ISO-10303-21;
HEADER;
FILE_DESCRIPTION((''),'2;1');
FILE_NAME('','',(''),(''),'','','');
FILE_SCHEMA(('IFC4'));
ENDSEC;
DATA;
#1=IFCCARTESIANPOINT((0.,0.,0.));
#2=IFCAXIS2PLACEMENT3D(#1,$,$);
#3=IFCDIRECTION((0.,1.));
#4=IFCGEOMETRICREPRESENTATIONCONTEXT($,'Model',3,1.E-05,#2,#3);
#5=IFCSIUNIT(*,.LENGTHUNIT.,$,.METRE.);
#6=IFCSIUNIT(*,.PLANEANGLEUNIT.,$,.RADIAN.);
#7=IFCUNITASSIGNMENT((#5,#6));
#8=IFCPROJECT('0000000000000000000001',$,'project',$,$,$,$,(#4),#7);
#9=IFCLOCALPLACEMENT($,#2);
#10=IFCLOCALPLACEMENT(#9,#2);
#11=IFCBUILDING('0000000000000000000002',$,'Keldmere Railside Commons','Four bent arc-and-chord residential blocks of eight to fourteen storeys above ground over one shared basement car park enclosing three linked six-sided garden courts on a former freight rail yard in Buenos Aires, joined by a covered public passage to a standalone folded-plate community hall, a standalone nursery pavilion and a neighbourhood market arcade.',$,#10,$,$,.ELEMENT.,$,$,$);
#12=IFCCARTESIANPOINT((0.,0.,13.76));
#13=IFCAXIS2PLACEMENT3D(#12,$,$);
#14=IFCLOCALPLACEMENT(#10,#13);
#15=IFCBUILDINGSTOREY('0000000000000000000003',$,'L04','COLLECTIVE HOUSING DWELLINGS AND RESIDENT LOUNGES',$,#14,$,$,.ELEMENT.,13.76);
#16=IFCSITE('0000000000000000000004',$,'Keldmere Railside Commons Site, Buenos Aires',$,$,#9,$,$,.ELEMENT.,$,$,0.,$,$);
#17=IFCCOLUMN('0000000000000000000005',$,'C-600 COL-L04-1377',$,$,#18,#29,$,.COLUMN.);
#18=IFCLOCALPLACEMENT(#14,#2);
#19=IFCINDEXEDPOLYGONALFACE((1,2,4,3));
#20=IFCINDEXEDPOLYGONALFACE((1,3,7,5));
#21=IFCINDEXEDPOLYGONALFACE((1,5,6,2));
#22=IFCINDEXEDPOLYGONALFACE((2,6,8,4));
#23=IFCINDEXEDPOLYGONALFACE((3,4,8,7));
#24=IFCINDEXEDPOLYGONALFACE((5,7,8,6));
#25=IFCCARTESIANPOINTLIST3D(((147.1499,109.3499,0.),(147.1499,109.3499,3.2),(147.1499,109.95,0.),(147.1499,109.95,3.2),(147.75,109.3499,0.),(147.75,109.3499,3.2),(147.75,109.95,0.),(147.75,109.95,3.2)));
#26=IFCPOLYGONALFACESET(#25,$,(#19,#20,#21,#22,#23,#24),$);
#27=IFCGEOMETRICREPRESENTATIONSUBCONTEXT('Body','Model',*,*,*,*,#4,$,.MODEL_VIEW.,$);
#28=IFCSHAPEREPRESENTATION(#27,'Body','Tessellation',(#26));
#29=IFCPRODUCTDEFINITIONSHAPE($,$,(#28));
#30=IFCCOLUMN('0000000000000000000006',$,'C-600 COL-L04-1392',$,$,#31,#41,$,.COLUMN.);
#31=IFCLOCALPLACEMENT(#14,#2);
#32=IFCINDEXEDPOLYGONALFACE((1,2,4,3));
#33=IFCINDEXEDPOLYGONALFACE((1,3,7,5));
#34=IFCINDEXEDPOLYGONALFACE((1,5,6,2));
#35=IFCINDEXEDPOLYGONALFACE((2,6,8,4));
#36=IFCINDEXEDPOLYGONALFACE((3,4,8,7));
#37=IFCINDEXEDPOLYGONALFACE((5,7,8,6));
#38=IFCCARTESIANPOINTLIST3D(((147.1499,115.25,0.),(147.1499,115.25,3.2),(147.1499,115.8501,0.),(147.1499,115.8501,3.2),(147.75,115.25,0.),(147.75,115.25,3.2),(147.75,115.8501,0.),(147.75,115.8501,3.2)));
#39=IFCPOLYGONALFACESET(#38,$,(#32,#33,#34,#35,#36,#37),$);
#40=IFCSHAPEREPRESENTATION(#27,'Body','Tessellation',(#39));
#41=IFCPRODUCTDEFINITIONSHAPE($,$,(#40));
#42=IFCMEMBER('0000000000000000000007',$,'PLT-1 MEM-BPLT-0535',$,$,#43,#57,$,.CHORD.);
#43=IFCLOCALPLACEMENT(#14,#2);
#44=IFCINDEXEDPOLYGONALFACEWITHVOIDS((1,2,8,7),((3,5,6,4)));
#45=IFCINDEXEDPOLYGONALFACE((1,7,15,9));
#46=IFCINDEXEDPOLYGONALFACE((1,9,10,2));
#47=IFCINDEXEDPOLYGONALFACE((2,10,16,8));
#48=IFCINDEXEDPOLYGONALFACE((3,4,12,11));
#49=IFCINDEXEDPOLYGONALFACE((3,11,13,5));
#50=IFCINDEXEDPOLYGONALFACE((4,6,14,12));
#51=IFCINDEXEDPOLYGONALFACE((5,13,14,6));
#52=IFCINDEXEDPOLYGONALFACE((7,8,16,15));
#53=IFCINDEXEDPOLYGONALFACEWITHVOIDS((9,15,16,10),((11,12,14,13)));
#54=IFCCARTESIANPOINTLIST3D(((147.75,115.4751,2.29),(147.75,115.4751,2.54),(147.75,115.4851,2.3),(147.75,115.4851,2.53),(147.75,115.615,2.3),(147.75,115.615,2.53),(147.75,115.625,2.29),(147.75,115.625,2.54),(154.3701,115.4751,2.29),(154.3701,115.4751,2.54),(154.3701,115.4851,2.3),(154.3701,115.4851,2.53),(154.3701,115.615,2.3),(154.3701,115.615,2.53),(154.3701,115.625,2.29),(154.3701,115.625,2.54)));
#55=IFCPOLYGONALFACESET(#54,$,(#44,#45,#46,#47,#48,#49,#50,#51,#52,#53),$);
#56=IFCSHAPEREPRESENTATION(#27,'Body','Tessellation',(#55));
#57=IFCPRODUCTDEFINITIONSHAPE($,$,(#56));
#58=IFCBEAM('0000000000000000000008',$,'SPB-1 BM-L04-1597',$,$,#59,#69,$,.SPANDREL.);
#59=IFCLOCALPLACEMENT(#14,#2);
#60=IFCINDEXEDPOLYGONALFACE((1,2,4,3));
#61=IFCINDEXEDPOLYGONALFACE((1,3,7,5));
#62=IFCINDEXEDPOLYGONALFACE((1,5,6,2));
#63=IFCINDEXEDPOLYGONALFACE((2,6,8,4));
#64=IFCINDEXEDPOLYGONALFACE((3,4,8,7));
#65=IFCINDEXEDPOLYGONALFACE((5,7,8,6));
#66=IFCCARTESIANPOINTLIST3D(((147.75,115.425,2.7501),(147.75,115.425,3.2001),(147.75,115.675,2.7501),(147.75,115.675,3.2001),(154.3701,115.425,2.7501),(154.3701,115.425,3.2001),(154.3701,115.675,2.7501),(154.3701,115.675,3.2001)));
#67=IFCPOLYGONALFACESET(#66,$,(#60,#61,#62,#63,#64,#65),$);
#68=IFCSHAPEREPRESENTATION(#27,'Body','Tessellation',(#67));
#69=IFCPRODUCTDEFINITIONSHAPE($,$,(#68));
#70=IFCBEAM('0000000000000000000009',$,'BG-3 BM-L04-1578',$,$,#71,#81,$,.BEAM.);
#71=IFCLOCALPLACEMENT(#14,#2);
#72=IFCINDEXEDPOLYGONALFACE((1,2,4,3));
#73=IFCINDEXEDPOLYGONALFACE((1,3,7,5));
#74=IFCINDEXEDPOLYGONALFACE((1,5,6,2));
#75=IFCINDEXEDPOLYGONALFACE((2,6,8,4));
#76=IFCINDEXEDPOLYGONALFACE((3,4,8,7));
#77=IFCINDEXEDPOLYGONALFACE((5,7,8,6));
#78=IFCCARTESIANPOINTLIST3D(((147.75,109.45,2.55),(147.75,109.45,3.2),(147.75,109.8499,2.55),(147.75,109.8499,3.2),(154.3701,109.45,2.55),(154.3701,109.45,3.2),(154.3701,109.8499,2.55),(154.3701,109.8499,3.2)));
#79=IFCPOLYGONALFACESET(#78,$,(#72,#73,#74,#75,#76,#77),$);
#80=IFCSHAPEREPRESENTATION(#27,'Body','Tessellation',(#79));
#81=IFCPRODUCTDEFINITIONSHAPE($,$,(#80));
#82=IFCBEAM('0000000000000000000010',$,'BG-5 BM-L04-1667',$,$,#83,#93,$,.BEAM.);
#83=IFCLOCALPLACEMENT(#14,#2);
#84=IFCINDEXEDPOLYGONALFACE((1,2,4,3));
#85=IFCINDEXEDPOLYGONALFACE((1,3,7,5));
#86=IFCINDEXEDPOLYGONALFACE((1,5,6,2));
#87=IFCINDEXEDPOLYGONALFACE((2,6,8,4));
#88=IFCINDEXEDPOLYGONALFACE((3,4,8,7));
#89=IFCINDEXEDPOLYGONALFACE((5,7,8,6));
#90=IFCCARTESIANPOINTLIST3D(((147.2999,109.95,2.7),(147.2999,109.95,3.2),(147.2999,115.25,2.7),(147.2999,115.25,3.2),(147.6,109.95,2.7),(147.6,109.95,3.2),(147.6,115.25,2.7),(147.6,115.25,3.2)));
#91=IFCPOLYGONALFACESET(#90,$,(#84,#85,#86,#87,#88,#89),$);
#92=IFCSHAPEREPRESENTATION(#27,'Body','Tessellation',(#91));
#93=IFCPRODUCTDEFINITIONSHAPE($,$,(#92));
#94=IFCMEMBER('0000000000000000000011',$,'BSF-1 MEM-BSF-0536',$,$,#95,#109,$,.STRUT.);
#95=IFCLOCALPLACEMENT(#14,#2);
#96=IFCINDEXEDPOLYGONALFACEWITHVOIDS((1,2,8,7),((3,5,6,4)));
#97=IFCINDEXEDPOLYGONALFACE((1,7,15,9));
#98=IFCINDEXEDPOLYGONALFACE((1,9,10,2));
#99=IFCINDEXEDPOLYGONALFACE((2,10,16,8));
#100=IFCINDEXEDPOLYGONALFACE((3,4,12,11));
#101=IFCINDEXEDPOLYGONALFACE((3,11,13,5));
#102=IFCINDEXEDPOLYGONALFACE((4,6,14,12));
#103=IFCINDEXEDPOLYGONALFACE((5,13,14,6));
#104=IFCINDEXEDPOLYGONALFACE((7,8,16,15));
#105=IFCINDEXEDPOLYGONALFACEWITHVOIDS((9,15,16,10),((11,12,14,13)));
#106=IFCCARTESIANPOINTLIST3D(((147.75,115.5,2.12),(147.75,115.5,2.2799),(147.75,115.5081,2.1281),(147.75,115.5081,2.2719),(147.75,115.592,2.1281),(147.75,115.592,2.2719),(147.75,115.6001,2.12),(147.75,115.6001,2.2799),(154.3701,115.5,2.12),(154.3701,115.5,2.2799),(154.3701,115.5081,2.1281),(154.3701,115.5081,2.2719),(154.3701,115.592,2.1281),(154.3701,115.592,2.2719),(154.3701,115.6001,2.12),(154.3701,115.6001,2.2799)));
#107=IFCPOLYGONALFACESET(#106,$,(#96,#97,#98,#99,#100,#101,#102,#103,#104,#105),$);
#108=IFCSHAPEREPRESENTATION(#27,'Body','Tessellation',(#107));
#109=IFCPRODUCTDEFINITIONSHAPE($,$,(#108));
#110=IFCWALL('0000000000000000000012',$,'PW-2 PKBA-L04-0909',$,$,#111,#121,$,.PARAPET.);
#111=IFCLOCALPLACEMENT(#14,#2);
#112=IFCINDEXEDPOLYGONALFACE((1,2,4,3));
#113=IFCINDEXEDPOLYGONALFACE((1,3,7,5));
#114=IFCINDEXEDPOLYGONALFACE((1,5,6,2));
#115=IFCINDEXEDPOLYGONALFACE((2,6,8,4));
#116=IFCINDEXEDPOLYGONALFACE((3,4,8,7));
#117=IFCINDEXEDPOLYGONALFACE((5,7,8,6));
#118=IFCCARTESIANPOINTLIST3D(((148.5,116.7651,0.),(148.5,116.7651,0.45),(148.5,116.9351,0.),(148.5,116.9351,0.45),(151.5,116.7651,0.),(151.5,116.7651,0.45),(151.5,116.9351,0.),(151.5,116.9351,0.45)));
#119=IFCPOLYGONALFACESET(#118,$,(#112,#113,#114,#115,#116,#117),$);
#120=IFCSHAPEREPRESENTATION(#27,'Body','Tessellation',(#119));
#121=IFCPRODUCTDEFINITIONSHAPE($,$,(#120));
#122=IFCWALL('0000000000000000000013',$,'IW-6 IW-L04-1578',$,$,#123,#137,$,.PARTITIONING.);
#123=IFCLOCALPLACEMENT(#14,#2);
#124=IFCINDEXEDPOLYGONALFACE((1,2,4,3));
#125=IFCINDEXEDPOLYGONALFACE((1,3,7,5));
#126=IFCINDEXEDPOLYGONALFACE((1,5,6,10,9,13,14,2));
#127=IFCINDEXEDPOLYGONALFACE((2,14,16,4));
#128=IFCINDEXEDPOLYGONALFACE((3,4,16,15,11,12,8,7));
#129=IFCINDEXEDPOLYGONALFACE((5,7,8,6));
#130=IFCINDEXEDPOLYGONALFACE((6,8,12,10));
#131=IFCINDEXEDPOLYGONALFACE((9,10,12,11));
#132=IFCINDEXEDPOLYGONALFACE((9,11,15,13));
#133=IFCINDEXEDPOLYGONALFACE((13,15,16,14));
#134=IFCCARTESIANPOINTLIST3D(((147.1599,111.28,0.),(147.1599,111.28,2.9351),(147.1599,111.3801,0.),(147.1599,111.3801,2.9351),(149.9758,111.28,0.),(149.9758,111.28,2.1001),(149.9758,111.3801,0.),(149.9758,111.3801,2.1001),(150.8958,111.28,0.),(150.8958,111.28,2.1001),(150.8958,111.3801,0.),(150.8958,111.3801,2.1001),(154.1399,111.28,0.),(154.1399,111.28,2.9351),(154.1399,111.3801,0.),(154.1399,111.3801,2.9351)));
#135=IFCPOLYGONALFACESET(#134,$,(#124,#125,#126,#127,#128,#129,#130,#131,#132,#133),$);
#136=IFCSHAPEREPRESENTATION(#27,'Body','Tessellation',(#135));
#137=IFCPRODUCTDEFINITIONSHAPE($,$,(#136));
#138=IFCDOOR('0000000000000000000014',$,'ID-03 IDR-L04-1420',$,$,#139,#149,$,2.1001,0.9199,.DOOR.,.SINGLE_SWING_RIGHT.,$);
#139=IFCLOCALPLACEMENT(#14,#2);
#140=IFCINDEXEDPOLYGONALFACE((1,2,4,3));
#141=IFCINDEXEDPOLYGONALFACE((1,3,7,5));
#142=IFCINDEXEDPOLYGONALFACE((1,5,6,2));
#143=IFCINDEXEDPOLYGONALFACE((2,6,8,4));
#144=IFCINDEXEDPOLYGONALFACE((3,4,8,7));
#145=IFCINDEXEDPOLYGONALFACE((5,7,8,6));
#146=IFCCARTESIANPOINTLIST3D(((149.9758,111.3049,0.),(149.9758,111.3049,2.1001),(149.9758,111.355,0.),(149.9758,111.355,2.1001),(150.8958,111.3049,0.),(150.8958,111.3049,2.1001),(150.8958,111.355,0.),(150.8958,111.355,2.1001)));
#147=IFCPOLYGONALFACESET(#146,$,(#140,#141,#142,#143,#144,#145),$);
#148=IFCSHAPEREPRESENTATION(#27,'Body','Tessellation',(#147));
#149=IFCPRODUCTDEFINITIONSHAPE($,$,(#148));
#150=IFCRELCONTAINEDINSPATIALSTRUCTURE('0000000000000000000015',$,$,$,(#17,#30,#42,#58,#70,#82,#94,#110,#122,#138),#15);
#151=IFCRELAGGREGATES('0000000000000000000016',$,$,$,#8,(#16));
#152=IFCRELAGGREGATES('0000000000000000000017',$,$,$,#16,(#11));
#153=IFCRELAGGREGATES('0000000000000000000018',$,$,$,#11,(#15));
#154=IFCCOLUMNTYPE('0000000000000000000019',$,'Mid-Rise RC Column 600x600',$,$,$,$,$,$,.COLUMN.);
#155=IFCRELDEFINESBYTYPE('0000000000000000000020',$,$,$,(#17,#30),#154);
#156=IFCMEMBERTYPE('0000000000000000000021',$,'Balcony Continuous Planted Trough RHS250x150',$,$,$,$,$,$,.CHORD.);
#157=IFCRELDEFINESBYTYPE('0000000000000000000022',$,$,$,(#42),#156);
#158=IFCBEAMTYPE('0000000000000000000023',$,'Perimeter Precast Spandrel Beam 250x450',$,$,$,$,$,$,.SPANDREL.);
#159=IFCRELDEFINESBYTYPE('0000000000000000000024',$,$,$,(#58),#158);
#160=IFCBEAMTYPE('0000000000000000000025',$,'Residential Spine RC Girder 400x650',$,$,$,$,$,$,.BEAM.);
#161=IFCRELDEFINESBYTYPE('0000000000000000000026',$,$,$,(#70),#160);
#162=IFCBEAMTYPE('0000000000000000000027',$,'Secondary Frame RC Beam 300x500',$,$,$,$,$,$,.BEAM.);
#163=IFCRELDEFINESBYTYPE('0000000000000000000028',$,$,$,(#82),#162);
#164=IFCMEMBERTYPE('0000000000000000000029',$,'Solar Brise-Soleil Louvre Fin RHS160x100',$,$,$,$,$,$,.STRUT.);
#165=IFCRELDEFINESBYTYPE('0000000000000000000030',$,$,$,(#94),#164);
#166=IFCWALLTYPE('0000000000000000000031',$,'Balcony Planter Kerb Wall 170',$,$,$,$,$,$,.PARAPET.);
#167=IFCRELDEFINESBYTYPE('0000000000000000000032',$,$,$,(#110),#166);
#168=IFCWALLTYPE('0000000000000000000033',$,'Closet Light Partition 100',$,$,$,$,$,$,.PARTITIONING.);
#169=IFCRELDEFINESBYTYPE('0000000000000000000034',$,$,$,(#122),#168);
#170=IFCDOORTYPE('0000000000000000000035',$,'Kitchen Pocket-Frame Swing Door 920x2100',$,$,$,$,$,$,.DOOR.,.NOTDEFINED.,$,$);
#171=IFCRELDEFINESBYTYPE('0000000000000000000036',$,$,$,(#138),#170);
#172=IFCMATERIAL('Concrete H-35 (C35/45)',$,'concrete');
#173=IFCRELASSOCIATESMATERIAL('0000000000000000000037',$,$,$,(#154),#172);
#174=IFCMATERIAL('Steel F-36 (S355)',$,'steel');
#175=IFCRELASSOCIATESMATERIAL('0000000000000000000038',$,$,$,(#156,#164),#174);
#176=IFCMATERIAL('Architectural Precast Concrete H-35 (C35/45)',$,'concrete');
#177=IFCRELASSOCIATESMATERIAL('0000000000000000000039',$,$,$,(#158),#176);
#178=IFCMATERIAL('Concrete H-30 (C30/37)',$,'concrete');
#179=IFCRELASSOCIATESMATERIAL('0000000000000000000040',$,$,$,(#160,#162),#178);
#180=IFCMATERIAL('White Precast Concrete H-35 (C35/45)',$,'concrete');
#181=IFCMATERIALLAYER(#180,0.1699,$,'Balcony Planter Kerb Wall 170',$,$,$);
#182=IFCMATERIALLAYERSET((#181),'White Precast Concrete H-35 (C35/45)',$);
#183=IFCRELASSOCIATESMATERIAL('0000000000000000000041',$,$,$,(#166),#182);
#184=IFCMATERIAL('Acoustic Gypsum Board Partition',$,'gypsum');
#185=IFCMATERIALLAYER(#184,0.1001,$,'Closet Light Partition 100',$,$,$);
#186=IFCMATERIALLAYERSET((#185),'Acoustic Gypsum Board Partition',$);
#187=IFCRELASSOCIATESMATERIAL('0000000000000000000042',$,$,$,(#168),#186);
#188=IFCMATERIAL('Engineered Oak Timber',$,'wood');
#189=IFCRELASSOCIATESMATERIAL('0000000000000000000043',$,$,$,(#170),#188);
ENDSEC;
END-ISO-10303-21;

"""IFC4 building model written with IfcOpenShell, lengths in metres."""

from ifc_helpers import new_model, si_unit, direction, frame, frame_2d, origin, origin_2d, place, context, subcontext, project, spatial, rectangle, hollow_rectangle, extrude, material, layer, layer_set, material_profile, profile_set, type_object, element, fill, save


model = new_model("IFC4")

# Units and contexts
model_context = context("Model", 3, precision=1e-05, world=origin(), true_north=direction((0.0, 1.0)))
body_context = subcontext(model_context, "Body", "Model", "MODEL_VIEW")
ifc_project = project(units=[si_unit("LENGTHUNIT", "METRE"), si_unit("PLANEANGLEUNIT", "RADIAN")], contexts=[model_context])

# Site, building, storey
site_placement = place(None, origin())
site = spatial("IfcSite", under=ifc_project, at=site_placement, Name="Keldmere Railside Commons Site, Buenos Aires", CompositionType="ELEMENT", RefElevation=0.0)
building_placement = place(site_placement, origin())
building = spatial("IfcBuilding", under=site, at=building_placement, Name="Keldmere Railside Commons", Description="Four bent arc-and-chord residential blocks of eight to fourteen storeys above ground over one shared basement car park enclosing three linked six-sided garden courts on a former freight rail yard in Buenos Aires, joined by a covered public passage to a standalone folded-plate community hall, a standalone nursery pavilion and a neighbourhood market arcade.", CompositionType="ELEMENT")
storey_placement = place(building_placement, frame((0.0, 0.0, 13.76)))
storey = spatial("IfcBuildingStorey", under=building, at=storey_placement, Name="L04", Description="COLLECTIVE HOUSING DWELLINGS AND RESIDENT LOUNGES", CompositionType="ELEMENT", Elevation=13.76)

# Columns
ifc_material_1 = material(Name="Concrete H-35 (C35/45)", Category="concrete")
ifc_material_profile_1 = material_profile(ifc_material_1, rectangle(XDim=0.6001, YDim=0.6001, at=origin_2d()), Name="RC-600x600")
ifc_profile_set_1 = profile_set([ifc_material_profile_1], Name="Concrete H-35 (C35/45)")
column_type = type_object("IfcColumnType", Name="Mid-Rise RC Column 600x600", PredefinedType="COLUMN", material=ifc_profile_set_1)
for number, where, z_axis, x_axis, name in (
    (1, (147.45, 109.6499, 0.0), (0.0, 0.0, 1.0), (1.0, 0.0, 0.0), "C-600 COL-L04-1377"),
    (2, (147.45, 115.55, 0.0), (0.0, 0.0, 1.0), (1.0, 0.0, 0.0), "C-600 COL-L04-1392"),
):
    element("IfcColumn", number, at=place(storey_placement, frame(where, z_axis=z_axis, x_axis=x_axis)), inside=storey, type_object=column_type, Name=name, PredefinedType="COLUMN", context=body_context, shape_type="SweptSolid", body=[
        extrude(rectangle(XDim=0.6001, YDim=0.6001, at=origin_2d()), origin(), (0.0, 0.0, 1.0), 3.2),
    ])

# Member
ifc_material_2 = material(Name="Steel F-36 (S355)", Category="steel")
ifc_material_profile_2 = material_profile(ifc_material_2, hollow_rectangle(XDim=0.1499, YDim=0.25, WallThickness=0.01, at=origin_2d()), Name="RHS-250x150x10")
ifc_profile_set_2 = profile_set([ifc_material_profile_2], Name="Steel F-36 (S355)")
member_type_1 = type_object("IfcMemberType", Name="Balcony Continuous Planted Trough RHS250x150", PredefinedType="CHORD", material=ifc_profile_set_2)
member_1_placement = place(storey_placement, frame((147.75, 115.55, 2.415), z_axis=(1.0, 0.0, 0.0), x_axis=(0.0, 1.0, 0.0)))
element("IfcMember", 3, at=member_1_placement, inside=storey, type_object=member_type_1, Name="PLT-1 MEM-BPLT-0535", PredefinedType="CHORD", context=body_context, shape_type="SweptSolid", body=[
    extrude(hollow_rectangle(XDim=0.1499, YDim=0.25, WallThickness=0.01, at=origin_2d()), origin(), (0.0, 0.0, 1.0), 6.6201),
])

# Beams
ifc_material_3 = material(Name="Architectural Precast Concrete H-35 (C35/45)", Category="concrete")
ifc_material_profile_3 = material_profile(ifc_material_3, rectangle(XDim=0.25, YDim=0.45, at=origin_2d()), Name="RC-250x450")
ifc_profile_set_3 = profile_set([ifc_material_profile_3], Name="Architectural Precast Concrete H-35 (C35/45)")
beam_type_1 = type_object("IfcBeamType", Name="Perimeter Precast Spandrel Beam 250x450", PredefinedType="SPANDREL", material=ifc_profile_set_3)
beam_1_placement = place(storey_placement, frame((147.75, 115.55, 2.9751), z_axis=(1.0, 0.0, 0.0), x_axis=(0.0, 1.0, 0.0)))
element("IfcBeam", 4, at=beam_1_placement, inside=storey, type_object=beam_type_1, Name="SPB-1 BM-L04-1597", PredefinedType="SPANDREL", context=body_context, shape_type="SweptSolid", body=[
    extrude(rectangle(XDim=0.25, YDim=0.45, at=origin_2d()), origin(), (0.0, 0.0, 1.0), 6.6201),
])
ifc_material_4 = material(Name="Concrete H-30 (C30/37)", Category="concrete")
ifc_material_profile_4 = material_profile(ifc_material_4, rectangle(XDim=0.3999, YDim=0.6499, at=origin_2d()), Name="RC-400x650")
ifc_profile_set_4 = profile_set([ifc_material_profile_4], Name="Concrete H-30 (C30/37)")
beam_type_2 = type_object("IfcBeamType", Name="Residential Spine RC Girder 400x650", PredefinedType="BEAM", material=ifc_profile_set_4)
beam_2_placement = place(storey_placement, frame((147.75, 109.6499, 2.875), z_axis=(1.0, 0.0, 0.0), x_axis=(0.0, 1.0, 0.0)))
element("IfcBeam", 5, at=beam_2_placement, inside=storey, type_object=beam_type_2, Name="BG-3 BM-L04-1578", PredefinedType="BEAM", context=body_context, shape_type="SweptSolid", body=[
    extrude(rectangle(XDim=0.3999, YDim=0.6499, at=origin_2d()), origin(), (0.0, 0.0, 1.0), 6.6201),
])
ifc_material_profile_5 = material_profile(ifc_material_4, rectangle(XDim=0.3, YDim=0.5, at=origin_2d()), Name="RC-300x500")
ifc_profile_set_5 = profile_set([ifc_material_profile_5], Name="Concrete H-30 (C30/37)")
beam_type_3 = type_object("IfcBeamType", Name="Secondary Frame RC Beam 300x500", PredefinedType="BEAM", material=ifc_profile_set_5)
beam_3_placement = place(storey_placement, frame((147.45, 109.95, 2.95), z_axis=(0.0, 1.0, 0.0), x_axis=(-1.0, 0.0, 0.0)))
element("IfcBeam", 6, at=beam_3_placement, inside=storey, type_object=beam_type_3, Name="BG-5 BM-L04-1667", PredefinedType="BEAM", context=body_context, shape_type="SweptSolid", body=[
    extrude(rectangle(XDim=0.3, YDim=0.5, at=origin_2d()), origin(), (0.0, 0.0, 1.0), 5.3),
])

# Member
ifc_material_profile_6 = material_profile(ifc_material_2, hollow_rectangle(XDim=0.1001, YDim=0.1599, WallThickness=0.0081, at=origin_2d()), Name="RHS-160x100x8")
ifc_profile_set_6 = profile_set([ifc_material_profile_6], Name="Steel F-36 (S355)")
member_type_2 = type_object("IfcMemberType", Name="Solar Brise-Soleil Louvre Fin RHS160x100", PredefinedType="STRUT", material=ifc_profile_set_6)
member_2_placement = place(storey_placement, frame((147.75, 115.55, 2.2), z_axis=(1.0, 0.0, 0.0), x_axis=(0.0, 1.0, 0.0)))
element("IfcMember", 7, at=member_2_placement, inside=storey, type_object=member_type_2, Name="BSF-1 MEM-BSF-0536", PredefinedType="STRUT", context=body_context, shape_type="SweptSolid", body=[
    extrude(hollow_rectangle(XDim=0.1001, YDim=0.1599, WallThickness=0.0081, at=origin_2d()), origin(), (0.0, 0.0, 1.0), 6.6201),
])

# Wall
ifc_material_5 = material(Name="White Precast Concrete H-35 (C35/45)", Category="concrete")
ifc_layer_1 = layer(ifc_material_5, 0.1699, Name="Balcony Planter Kerb Wall 170")
ifc_layer_set_1 = layer_set([ifc_layer_1], Name="White Precast Concrete H-35 (C35/45)")
wall_type_1 = type_object("IfcWallType", Name="Balcony Planter Kerb Wall 170", PredefinedType="PARAPET", material=ifc_layer_set_1)
wall_1_placement = place(storey_placement, frame((148.5, 116.8501, 0.0), z_axis=(0.0, 0.0, 1.0), x_axis=(1.0, 0.0, 0.0)))
element("IfcWall", 8, at=wall_1_placement, inside=storey, type_object=wall_type_1, Name="PW-2 PKBA-L04-0909", PredefinedType="PARAPET", context=body_context, shape_type="SweptSolid", body=[
    extrude(rectangle(XDim=3.0, YDim=0.1699, at=frame_2d((1.5, 0.0))), origin(), (0.0, 0.0, 1.0), 0.45),
])

# Wall, opening, door
ifc_material_6 = material(Name="Acoustic Gypsum Board Partition", Category="gypsum")
ifc_layer_2 = layer(ifc_material_6, 0.1001, Name="Closet Light Partition 100")
ifc_layer_set_2 = layer_set([ifc_layer_2], Name="Acoustic Gypsum Board Partition")
wall_type_2 = type_object("IfcWallType", Name="Closet Light Partition 100", PredefinedType="PARTITIONING", material=ifc_layer_set_2)
wall_2_placement = place(storey_placement, frame((147.1599, 111.3301, 0.0), z_axis=(0.0, 0.0, 1.0), x_axis=(1.0, 0.0, 0.0)))
wall_2 = element("IfcWall", 9, at=wall_2_placement, inside=storey, type_object=wall_type_2, Name="IW-6 IW-L04-1578", PredefinedType="PARTITIONING", context=body_context, shape_type="SweptSolid", body=[
    extrude(rectangle(XDim=6.98, YDim=0.1001, at=frame_2d((3.49, 0.0))), origin(), (0.0, 0.0, 1.0), 2.9351),
])
opening_1_placement = place(wall_2_placement, frame((2.8159, 0.0, 0.0)))
opening_1 = element("IfcOpeningElement", 10, at=opening_1_placement, cuts=wall_2, PredefinedType="OPENING", context=body_context, shape_type="SweptSolid", body=[
    extrude(rectangle(XDim=0.9199, YDim=2.1001, at=frame_2d((0.46, 1.05))), frame((0.0, 0.0601, 0.0), z_axis=(0.0, -1.0, 0.0), x_axis=(1.0, 0.0, 0.0)), (0.0, 0.0, 1.0), 0.1201),
])
ifc_material_7 = material(Name="Engineered Oak Timber", Category="wood")
door_type_1 = type_object("IfcDoorType", Name="Kitchen Pocket-Frame Swing Door 920x2100", OperationType="NOTDEFINED", PredefinedType="DOOR", material=ifc_material_7)
door_1_placement = place(opening_1_placement, origin())
door_1 = element("IfcDoor", 11, at=door_1_placement, inside=storey, type_object=door_type_1, Name="ID-03 IDR-L04-1420", OperationType="SINGLE_SWING_RIGHT", OverallHeight=2.1001, OverallWidth=0.9199, PredefinedType="DOOR", context=body_context, shape_type="SweptSolid", body=[
    extrude(rectangle(XDim=0.9199, YDim=2.1001, at=frame_2d((0.46, 1.05))), frame((0.0, 0.0249, 0.0), z_axis=(0.0, -1.0, 0.0), x_axis=(1.0, 0.0, 0.0)), (0.0, 0.0, 1.0), 0.05),
])
fill(opening_1, door_1)

save(model, "model.ifc")
